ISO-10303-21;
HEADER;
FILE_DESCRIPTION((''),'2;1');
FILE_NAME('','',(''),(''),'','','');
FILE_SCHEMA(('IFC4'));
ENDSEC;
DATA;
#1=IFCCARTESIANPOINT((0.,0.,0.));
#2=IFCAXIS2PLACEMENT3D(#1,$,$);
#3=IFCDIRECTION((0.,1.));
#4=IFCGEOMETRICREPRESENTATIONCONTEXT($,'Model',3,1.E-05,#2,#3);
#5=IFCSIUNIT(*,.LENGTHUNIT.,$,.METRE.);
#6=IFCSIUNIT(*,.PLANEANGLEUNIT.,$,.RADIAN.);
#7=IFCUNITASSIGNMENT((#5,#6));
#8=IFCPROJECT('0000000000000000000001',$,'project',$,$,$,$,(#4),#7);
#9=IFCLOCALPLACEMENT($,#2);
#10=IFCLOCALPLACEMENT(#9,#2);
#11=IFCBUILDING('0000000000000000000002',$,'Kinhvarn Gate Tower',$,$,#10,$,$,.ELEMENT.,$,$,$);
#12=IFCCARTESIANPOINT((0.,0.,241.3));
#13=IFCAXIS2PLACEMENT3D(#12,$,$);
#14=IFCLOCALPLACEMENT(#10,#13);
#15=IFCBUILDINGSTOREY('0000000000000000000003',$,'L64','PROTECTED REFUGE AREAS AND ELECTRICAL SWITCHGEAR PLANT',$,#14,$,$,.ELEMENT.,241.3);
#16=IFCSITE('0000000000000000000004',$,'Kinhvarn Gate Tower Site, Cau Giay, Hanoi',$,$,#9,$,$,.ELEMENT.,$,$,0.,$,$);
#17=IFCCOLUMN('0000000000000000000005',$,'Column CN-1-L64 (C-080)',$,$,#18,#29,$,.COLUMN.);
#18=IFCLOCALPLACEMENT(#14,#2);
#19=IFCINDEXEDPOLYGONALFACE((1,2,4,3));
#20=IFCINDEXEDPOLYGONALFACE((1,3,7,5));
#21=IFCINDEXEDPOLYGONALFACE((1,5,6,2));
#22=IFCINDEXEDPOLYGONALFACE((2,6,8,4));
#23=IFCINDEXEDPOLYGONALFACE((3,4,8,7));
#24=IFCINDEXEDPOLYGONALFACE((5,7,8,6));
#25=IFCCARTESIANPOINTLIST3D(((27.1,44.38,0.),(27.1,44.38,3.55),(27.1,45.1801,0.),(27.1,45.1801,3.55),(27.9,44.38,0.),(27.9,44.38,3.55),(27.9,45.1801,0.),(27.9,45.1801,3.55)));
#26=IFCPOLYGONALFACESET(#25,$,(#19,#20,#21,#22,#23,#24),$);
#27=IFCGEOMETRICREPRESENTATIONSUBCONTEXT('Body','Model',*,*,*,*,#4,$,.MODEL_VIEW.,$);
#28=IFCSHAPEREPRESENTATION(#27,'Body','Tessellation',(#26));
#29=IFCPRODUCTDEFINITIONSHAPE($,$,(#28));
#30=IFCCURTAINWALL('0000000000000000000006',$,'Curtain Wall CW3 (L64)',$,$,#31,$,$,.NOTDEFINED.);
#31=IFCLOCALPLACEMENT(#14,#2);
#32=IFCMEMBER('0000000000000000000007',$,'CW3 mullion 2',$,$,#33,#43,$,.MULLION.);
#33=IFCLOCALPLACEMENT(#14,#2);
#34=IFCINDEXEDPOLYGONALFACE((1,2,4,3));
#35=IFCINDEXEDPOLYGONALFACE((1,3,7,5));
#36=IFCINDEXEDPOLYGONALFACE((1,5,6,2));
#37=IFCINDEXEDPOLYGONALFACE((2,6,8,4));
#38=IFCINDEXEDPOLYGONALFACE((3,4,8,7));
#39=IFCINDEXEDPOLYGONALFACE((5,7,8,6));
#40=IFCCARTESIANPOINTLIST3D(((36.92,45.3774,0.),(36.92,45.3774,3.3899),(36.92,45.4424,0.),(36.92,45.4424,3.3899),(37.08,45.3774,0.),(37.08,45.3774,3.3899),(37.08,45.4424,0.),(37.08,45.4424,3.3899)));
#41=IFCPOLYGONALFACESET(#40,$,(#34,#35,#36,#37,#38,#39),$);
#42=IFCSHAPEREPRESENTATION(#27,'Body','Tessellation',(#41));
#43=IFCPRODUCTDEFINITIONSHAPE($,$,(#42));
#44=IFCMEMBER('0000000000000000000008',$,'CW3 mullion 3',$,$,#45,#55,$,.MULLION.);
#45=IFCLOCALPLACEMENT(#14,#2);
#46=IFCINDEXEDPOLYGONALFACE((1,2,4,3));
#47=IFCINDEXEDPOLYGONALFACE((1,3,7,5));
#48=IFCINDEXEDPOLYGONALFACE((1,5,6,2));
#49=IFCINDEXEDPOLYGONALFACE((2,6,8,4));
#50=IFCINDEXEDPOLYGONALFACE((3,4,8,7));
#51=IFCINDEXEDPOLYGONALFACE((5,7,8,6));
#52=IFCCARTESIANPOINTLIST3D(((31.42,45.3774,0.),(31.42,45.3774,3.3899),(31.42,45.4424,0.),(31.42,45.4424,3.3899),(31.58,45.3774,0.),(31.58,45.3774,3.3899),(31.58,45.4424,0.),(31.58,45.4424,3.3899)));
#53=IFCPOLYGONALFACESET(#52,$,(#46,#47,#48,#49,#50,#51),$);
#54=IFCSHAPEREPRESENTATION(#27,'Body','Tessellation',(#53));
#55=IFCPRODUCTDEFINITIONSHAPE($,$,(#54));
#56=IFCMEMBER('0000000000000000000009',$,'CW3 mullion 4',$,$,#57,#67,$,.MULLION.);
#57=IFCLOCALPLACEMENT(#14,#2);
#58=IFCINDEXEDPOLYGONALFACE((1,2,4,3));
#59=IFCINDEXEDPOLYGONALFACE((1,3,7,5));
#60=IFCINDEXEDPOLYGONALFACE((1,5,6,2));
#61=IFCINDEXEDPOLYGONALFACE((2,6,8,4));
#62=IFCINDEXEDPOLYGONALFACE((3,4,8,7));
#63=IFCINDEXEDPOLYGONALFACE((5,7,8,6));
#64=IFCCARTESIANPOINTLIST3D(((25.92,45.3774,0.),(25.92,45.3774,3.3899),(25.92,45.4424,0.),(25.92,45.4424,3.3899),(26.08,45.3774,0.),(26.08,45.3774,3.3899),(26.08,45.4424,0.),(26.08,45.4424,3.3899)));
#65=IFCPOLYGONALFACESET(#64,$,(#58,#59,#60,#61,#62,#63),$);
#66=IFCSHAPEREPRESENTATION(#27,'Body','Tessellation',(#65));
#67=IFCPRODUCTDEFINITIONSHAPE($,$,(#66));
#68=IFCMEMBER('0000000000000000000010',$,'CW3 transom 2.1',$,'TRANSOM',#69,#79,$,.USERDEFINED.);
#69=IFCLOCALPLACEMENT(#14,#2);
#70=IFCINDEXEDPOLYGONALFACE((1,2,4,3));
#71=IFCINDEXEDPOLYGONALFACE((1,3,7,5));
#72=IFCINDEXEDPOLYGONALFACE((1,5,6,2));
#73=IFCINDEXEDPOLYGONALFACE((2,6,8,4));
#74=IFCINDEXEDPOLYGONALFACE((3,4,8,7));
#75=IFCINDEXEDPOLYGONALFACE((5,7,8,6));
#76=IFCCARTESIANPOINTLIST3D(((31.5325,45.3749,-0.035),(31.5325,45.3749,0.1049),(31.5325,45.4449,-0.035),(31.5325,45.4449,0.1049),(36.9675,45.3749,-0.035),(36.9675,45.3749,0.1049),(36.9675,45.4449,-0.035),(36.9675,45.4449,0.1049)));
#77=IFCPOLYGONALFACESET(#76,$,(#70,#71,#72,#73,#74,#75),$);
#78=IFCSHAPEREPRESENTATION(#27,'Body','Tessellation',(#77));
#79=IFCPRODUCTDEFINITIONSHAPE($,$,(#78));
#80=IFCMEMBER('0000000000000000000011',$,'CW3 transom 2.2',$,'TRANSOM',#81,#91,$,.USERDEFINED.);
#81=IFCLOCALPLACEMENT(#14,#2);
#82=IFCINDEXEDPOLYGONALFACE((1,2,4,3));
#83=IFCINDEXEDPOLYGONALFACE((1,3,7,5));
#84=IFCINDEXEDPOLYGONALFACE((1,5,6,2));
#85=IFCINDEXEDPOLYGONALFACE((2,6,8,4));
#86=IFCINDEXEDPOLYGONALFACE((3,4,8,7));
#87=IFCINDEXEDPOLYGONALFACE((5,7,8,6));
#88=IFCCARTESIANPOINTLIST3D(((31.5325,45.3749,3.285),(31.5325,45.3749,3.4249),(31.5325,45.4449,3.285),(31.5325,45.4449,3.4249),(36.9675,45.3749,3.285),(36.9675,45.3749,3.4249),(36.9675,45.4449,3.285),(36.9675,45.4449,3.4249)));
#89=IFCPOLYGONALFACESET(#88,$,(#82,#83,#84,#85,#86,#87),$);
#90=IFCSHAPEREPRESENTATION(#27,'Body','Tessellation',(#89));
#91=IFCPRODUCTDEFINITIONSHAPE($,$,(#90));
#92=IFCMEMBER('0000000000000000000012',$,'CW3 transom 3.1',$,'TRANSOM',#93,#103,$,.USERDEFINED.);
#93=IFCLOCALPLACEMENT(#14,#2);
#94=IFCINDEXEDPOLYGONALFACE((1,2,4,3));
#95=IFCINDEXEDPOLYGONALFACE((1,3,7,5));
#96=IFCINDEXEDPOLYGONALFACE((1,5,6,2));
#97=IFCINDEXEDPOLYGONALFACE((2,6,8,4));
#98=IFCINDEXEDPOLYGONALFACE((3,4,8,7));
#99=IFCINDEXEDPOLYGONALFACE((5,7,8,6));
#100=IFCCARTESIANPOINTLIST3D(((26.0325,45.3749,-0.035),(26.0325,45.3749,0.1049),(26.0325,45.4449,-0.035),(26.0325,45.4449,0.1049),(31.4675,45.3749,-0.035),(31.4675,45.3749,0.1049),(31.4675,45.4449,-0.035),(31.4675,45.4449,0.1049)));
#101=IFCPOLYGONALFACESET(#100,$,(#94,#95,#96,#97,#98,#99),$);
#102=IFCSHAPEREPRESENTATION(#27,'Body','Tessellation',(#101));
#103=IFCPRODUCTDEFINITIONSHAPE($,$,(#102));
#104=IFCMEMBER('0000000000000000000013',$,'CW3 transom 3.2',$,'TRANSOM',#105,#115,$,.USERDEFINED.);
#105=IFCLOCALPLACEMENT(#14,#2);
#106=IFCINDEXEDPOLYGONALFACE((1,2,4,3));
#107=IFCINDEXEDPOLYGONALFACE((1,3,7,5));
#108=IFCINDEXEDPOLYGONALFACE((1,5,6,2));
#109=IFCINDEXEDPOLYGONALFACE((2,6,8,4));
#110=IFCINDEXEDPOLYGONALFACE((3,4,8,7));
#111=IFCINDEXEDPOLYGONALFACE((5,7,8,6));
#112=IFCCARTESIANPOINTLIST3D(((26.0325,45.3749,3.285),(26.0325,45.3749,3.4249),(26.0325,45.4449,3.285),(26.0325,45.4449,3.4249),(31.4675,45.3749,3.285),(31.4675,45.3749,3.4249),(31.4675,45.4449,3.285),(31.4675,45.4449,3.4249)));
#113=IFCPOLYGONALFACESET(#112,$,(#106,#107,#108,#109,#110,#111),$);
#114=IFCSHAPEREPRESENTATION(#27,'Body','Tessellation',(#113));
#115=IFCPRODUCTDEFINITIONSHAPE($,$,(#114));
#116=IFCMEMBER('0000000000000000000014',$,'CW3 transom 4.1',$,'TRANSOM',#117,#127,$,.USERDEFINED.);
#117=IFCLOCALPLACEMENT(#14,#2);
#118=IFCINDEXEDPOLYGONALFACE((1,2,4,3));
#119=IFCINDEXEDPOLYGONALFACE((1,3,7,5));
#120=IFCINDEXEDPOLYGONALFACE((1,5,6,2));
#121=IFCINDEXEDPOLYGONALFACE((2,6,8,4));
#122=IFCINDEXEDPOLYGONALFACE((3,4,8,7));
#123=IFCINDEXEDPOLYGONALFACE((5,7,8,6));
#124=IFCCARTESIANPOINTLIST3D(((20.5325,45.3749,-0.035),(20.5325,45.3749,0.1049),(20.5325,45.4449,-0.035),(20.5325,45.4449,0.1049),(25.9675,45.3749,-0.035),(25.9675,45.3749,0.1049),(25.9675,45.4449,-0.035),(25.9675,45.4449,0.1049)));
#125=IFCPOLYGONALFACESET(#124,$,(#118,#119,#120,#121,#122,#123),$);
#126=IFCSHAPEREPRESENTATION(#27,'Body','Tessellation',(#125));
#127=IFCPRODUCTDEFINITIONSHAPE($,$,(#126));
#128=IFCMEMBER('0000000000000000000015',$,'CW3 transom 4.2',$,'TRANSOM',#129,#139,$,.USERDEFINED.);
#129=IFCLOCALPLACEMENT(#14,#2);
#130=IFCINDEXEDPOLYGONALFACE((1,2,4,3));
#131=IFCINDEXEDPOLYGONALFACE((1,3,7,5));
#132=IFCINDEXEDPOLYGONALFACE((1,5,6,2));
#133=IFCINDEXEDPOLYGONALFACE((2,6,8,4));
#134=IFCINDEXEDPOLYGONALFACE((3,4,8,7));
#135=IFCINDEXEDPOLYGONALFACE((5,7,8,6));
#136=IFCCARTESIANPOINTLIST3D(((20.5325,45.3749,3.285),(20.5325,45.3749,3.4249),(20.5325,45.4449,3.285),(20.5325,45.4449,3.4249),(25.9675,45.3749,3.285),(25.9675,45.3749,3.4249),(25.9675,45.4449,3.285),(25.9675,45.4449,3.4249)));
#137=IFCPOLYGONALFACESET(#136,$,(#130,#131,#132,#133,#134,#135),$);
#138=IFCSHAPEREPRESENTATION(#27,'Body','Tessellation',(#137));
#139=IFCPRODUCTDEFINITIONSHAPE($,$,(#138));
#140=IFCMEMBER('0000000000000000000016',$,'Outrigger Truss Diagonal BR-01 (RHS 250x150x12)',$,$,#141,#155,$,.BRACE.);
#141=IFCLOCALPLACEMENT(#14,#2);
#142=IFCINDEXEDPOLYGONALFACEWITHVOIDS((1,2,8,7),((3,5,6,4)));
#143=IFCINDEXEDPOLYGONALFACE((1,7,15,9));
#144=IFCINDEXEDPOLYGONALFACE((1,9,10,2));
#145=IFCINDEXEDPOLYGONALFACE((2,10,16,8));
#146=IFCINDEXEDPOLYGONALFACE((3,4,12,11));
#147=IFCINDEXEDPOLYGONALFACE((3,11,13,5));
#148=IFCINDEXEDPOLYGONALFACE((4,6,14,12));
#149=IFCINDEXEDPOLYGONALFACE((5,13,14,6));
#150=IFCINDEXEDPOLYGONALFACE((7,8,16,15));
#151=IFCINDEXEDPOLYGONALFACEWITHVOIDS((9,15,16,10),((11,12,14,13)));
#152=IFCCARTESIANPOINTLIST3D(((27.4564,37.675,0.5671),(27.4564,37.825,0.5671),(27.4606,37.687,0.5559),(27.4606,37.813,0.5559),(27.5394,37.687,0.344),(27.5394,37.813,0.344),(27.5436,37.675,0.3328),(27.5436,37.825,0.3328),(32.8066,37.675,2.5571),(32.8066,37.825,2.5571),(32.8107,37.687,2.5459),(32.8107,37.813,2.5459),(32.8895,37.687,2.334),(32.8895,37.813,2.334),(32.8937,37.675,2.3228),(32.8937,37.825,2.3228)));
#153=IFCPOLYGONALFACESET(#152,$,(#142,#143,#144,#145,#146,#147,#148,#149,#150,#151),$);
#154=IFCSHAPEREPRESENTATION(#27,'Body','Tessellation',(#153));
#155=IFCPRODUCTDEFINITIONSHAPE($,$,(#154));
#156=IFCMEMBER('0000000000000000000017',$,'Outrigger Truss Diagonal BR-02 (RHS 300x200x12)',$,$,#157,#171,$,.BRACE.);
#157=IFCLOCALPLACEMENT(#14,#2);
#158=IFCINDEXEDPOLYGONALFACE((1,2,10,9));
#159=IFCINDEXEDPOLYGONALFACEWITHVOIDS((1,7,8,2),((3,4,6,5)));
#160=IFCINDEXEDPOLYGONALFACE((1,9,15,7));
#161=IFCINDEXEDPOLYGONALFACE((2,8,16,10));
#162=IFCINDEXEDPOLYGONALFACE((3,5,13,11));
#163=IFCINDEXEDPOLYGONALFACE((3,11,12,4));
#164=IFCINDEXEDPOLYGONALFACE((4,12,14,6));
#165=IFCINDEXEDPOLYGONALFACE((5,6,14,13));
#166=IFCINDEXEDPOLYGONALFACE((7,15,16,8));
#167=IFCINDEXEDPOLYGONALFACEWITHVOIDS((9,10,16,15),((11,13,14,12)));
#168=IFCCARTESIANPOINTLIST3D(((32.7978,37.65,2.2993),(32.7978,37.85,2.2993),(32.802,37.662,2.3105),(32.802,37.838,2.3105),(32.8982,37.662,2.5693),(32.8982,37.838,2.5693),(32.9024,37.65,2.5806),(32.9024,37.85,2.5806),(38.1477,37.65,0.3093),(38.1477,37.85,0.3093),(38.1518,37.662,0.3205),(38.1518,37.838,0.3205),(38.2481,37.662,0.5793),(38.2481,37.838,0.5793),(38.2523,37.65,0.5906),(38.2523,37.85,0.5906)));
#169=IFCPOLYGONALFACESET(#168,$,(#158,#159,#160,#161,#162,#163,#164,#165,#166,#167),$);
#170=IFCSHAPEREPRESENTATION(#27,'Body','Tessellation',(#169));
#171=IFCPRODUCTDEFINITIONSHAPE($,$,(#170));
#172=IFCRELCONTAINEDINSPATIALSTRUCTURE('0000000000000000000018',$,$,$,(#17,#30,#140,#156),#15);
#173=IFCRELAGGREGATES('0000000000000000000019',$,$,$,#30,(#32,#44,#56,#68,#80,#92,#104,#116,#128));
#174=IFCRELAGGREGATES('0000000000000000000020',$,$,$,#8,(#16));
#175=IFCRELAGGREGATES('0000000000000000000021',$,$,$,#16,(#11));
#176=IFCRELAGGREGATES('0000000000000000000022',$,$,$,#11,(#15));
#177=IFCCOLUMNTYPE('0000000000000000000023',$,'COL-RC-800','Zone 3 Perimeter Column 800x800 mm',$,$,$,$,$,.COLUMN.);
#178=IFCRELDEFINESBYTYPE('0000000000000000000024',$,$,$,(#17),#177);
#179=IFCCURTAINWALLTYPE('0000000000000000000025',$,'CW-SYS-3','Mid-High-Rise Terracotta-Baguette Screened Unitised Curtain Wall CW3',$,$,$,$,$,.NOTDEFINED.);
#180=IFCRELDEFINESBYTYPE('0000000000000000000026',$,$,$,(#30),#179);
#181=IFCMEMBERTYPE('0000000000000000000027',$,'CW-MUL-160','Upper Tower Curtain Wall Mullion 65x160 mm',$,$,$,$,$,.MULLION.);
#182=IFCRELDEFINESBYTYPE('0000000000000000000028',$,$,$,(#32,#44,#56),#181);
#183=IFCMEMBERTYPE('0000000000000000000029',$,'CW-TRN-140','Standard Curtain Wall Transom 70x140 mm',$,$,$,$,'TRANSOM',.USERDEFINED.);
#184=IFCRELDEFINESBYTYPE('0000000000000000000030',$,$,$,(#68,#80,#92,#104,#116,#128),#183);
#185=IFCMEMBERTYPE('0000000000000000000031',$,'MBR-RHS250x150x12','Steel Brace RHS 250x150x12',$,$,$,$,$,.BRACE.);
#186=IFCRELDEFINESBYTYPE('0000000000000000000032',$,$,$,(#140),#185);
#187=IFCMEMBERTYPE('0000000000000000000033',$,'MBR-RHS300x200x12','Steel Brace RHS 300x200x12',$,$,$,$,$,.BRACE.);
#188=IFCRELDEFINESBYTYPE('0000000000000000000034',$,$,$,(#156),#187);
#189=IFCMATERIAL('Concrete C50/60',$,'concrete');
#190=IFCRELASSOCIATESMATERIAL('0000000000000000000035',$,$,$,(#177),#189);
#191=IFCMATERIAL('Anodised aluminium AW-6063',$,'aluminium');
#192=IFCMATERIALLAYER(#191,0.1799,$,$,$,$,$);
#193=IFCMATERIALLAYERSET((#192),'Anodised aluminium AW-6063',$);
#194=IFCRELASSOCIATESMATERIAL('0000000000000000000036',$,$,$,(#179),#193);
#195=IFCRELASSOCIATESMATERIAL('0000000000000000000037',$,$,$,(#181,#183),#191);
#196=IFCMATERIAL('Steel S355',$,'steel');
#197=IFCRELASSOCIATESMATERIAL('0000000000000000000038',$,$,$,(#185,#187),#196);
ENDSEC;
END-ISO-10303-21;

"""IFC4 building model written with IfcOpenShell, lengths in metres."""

from ifc_helpers import new_model, si_unit, direction, frame, origin, origin_2d, place, context, subcontext, project, spatial, rectangle, hollow_rectangle, extrude, material, layer, layer_set, material_profile, profile_set, type_object, element, aggregate, save


model = new_model("IFC4")

# Units and contexts
model_context = context("Model", 3, precision=1e-05, world=origin(), true_north=direction((0.0, 1.0)))
body_context = subcontext(model_context, "Body", "Model", "MODEL_VIEW")
ifc_project = project(units=[si_unit("LENGTHUNIT", "METRE"), si_unit("PLANEANGLEUNIT", "RADIAN")], contexts=[model_context])

# Site, building, storey
site_placement = place(None, origin())
site = spatial("IfcSite", under=ifc_project, at=site_placement, Name="Kinhvarn Gate Tower Site, Cau Giay, Hanoi", CompositionType="ELEMENT", RefElevation=0.0)
building_placement = place(site_placement, origin())
building = spatial("IfcBuilding", under=site, at=building_placement, Name="Kinhvarn Gate Tower", CompositionType="ELEMENT")
storey_placement = place(building_placement, frame((0.0, 0.0, 241.3)))
storey = spatial("IfcBuildingStorey", under=building, at=storey_placement, Name="L64", Description="PROTECTED REFUGE AREAS AND ELECTRICAL SWITCHGEAR PLANT", CompositionType="ELEMENT", Elevation=241.3)

# Column
ifc_material_1 = material(Name="Concrete C50/60", Category="concrete")
ifc_material_profile_1 = material_profile(ifc_material_1, rectangle(XDim=0.8, YDim=0.8, at=origin_2d()), Name="RC 800x800")
ifc_profile_set_1 = profile_set([ifc_material_profile_1], Name="Concrete C50/60")
column_type = type_object("IfcColumnType", Name="COL-RC-800", Description="Zone 3 Perimeter Column 800x800 mm", PredefinedType="COLUMN", material=ifc_profile_set_1)
column_placement = place(storey_placement, frame((27.5, 44.78, 0.0), z_axis=(0.0, 0.0, 1.0), x_axis=(1.0, 0.0, 0.0)))
element("IfcColumn", 1, at=column_placement, inside=storey, type_object=column_type, Name="Column CN-1-L64 (C-080)", PredefinedType="COLUMN", context=body_context, shape_type="SweptSolid", body=[
    extrude(rectangle(XDim=0.8, YDim=0.8, at=origin_2d()), origin(), (0.0, 0.0, 1.0), 3.55),
])

# Curtain wall, members
ifc_material_2 = material(Name="Anodised aluminium AW-6063", Category="aluminium")
ifc_layer_1 = layer(ifc_material_2, 0.1799)
ifc_layer_set_1 = layer_set([ifc_layer_1], Name="Anodised aluminium AW-6063")
curtain_wall_type = type_object("IfcCurtainWallType", Name="CW-SYS-3", Description="Mid-High-Rise Terracotta-Baguette Screened Unitised Curtain Wall CW3", PredefinedType="NOTDEFINED", material=ifc_layer_set_1)
curtain_wall_placement = place(storey_placement, origin())
curtain_wall = element("IfcCurtainWall", 2, at=curtain_wall_placement, inside=storey, type_object=curtain_wall_type, Name="Curtain Wall CW3 (L64)", PredefinedType="NOTDEFINED")
ifc_material_profile_2 = material_profile(ifc_material_2, rectangle(XDim=0.0649, YDim=0.1599, at=origin_2d()), Name="ALU 65x160")
ifc_profile_set_2 = profile_set([ifc_material_profile_2], Name="Anodised aluminium AW-6063")
member_type_1 = type_object("IfcMemberType", Name="CW-MUL-160", Description="Upper Tower Curtain Wall Mullion 65x160 mm", PredefinedType="MULLION", material=ifc_profile_set_2)
member_1_placement = place(storey_placement, frame((37.0, 45.4099, 0.0), z_axis=(0.0, 0.0, 1.0), x_axis=(0.0, -1.0, 0.0)))
member_1 = element("IfcMember", 3, at=member_1_placement, type_object=member_type_1, Name="CW3 mullion 2", PredefinedType="MULLION", context=body_context, shape_type="SweptSolid", body=[
    extrude(rectangle(XDim=0.0649, YDim=0.1599, at=origin_2d()), origin(), (0.0, 0.0, 1.0), 3.3899),
])
member_2_placement = place(storey_placement, frame((31.5, 45.4099, 0.0), z_axis=(0.0, 0.0, 1.0), x_axis=(0.0, -1.0, 0.0)))
member_2 = element("IfcMember", 4, at=member_2_placement, type_object=member_type_1, Name="CW3 mullion 3", PredefinedType="MULLION", context=body_context, shape_type="SweptSolid", body=[
    extrude(rectangle(XDim=0.0649, YDim=0.1599, at=origin_2d()), origin(), (0.0, 0.0, 1.0), 3.3899),
])
member_3_placement = place(storey_placement, frame((26.0, 45.4099, 0.0), z_axis=(0.0, 0.0, 1.0), x_axis=(0.0, -1.0, 0.0)))
member_3 = element("IfcMember", 5, at=member_3_placement, type_object=member_type_1, Name="CW3 mullion 4", PredefinedType="MULLION", context=body_context, shape_type="SweptSolid", body=[
    extrude(rectangle(XDim=0.0649, YDim=0.1599, at=origin_2d()), origin(), (0.0, 0.0, 1.0), 3.3899),
])
ifc_material_profile_3 = material_profile(ifc_material_2, rectangle(XDim=0.0701, YDim=0.1399, at=origin_2d()), Name="ALU 70x140")
ifc_profile_set_3 = profile_set([ifc_material_profile_3], Name="Anodised aluminium AW-6063")
member_type_2 = type_object("IfcMemberType", Name="CW-TRN-140", Description="Standard Curtain Wall Transom 70x140 mm", ElementType="TRANSOM", PredefinedType="USERDEFINED", material=ifc_profile_set_3)
member_4_placement = place(storey_placement, frame((36.9675, 45.4099, 0.0349), z_axis=(-1.0, 0.0, 0.0), x_axis=(0.0, -1.0, 0.0)))
member_4 = element("IfcMember", 6, at=member_4_placement, type_object=member_type_2, Name="CW3 transom 2.1", ObjectType="TRANSOM", PredefinedType="USERDEFINED", context=body_context, shape_type="SweptSolid", body=[
    extrude(rectangle(XDim=0.0701, YDim=0.1399, at=origin_2d()), origin(), (0.0, 0.0, 1.0), 5.4351),
])
member_5_placement = place(storey_placement, frame((36.9675, 45.4099, 3.355), z_axis=(-1.0, 0.0, 0.0), x_axis=(0.0, -1.0, 0.0)))
member_5 = element("IfcMember", 7, at=member_5_placement, type_object=member_type_2, Name="CW3 transom 2.2", ObjectType="TRANSOM", PredefinedType="USERDEFINED", context=body_context, shape_type="SweptSolid", body=[
    extrude(rectangle(XDim=0.0701, YDim=0.1399, at=origin_2d()), origin(), (0.0, 0.0, 1.0), 5.4351),
])
member_6_placement = place(storey_placement, frame((31.4675, 45.4099, 0.0349), z_axis=(-1.0, 0.0, 0.0), x_axis=(0.0, -1.0, 0.0)))
member_6 = element("IfcMember", 8, at=member_6_placement, type_object=member_type_2, Name="CW3 transom 3.1", ObjectType="TRANSOM", PredefinedType="USERDEFINED", context=body_context, shape_type="SweptSolid", body=[
    extrude(rectangle(XDim=0.0701, YDim=0.1399, at=origin_2d()), origin(), (0.0, 0.0, 1.0), 5.4351),
])
member_7_placement = place(storey_placement, frame((31.4675, 45.4099, 3.355), z_axis=(-1.0, 0.0, 0.0), x_axis=(0.0, -1.0, 0.0)))
member_7 = element("IfcMember", 9, at=member_7_placement, type_object=member_type_2, Name="CW3 transom 3.2", ObjectType="TRANSOM", PredefinedType="USERDEFINED", context=body_context, shape_type="SweptSolid", body=[
    extrude(rectangle(XDim=0.0701, YDim=0.1399, at=origin_2d()), origin(), (0.0, 0.0, 1.0), 5.4351),
])
member_8_placement = place(storey_placement, frame((25.9675, 45.4099, 0.0349), z_axis=(-1.0, 0.0, 0.0), x_axis=(0.0, -1.0, 0.0)))
member_8 = element("IfcMember", 10, at=member_8_placement, type_object=member_type_2, Name="CW3 transom 4.1", ObjectType="TRANSOM", PredefinedType="USERDEFINED", context=body_context, shape_type="SweptSolid", body=[
    extrude(rectangle(XDim=0.0701, YDim=0.1399, at=origin_2d()), origin(), (0.0, 0.0, 1.0), 5.4351),
])
member_9_placement = place(storey_placement, frame((25.9675, 45.4099, 3.355), z_axis=(-1.0, 0.0, 0.0), x_axis=(0.0, -1.0, 0.0)))
member_9 = element("IfcMember", 11, at=member_9_placement, type_object=member_type_2, Name="CW3 transom 4.2", ObjectType="TRANSOM", PredefinedType="USERDEFINED", context=body_context, shape_type="SweptSolid", body=[
    extrude(rectangle(XDim=0.0701, YDim=0.1399, at=origin_2d()), origin(), (0.0, 0.0, 1.0), 5.4351),
])

# Members
ifc_material_3 = material(Name="Steel S355", Category="steel")
ifc_material_profile_4 = material_profile(ifc_material_3, hollow_rectangle(XDim=0.1499, YDim=0.25, WallThickness=0.012, at=origin_2d()), Name="RHS 250x150x12")
ifc_profile_set_4 = profile_set([ifc_material_profile_4], Name="Steel S355")
member_type_3 = type_object("IfcMemberType", Name="MBR-RHS250x150x12", Description="Steel Brace RHS 250x150x12", PredefinedType="BRACE", material=ifc_profile_set_4)
member_10_placement = place(storey_placement, frame((27.5, 37.75, 0.45), z_axis=(0.937264, 0.0, 0.348619), x_axis=(0.0, 1.0, 0.0)))
element("IfcMember", 12, at=member_10_placement, inside=storey, type_object=member_type_3, Name="Outrigger Truss Diagonal BR-01 (RHS 250x150x12)", PredefinedType="BRACE", context=body_context, shape_type="SweptSolid", body=[
    extrude(hollow_rectangle(XDim=0.1499, YDim=0.25, WallThickness=0.012, at=origin_2d()), origin(), (0.0, 0.0, 1.0), 5.7083),
])
ifc_material_profile_5 = material_profile(ifc_material_3, hollow_rectangle(XDim=0.2, YDim=0.3, WallThickness=0.012, at=origin_2d()), Name="RHS 300x200x12")
ifc_profile_set_5 = profile_set([ifc_material_profile_5], Name="Steel S355")
member_type_4 = type_object("IfcMemberType", Name="MBR-RHS300x200x12", Description="Steel Brace RHS 300x200x12", PredefinedType="BRACE", material=ifc_profile_set_5)
member_11_placement = place(storey_placement, frame((32.8501, 37.75, 2.4399), z_axis=(0.937259, 0.0, -0.348633), x_axis=(0.0, 1.0, 0.0)))
element("IfcMember", 13, at=member_11_placement, inside=storey, type_object=member_type_4, Name="Outrigger Truss Diagonal BR-02 (RHS 300x200x12)", PredefinedType="BRACE", context=body_context, shape_type="SweptSolid", body=[
    extrude(hollow_rectangle(XDim=0.2, YDim=0.3, WallThickness=0.012, at=origin_2d()), origin(), (0.0, 0.0, 1.0), 5.708),
])

aggregate(curtain_wall, [member_1, member_2, member_3, member_4, member_5, member_6, member_7, member_8, member_9])

save(model, "model.ifc")
